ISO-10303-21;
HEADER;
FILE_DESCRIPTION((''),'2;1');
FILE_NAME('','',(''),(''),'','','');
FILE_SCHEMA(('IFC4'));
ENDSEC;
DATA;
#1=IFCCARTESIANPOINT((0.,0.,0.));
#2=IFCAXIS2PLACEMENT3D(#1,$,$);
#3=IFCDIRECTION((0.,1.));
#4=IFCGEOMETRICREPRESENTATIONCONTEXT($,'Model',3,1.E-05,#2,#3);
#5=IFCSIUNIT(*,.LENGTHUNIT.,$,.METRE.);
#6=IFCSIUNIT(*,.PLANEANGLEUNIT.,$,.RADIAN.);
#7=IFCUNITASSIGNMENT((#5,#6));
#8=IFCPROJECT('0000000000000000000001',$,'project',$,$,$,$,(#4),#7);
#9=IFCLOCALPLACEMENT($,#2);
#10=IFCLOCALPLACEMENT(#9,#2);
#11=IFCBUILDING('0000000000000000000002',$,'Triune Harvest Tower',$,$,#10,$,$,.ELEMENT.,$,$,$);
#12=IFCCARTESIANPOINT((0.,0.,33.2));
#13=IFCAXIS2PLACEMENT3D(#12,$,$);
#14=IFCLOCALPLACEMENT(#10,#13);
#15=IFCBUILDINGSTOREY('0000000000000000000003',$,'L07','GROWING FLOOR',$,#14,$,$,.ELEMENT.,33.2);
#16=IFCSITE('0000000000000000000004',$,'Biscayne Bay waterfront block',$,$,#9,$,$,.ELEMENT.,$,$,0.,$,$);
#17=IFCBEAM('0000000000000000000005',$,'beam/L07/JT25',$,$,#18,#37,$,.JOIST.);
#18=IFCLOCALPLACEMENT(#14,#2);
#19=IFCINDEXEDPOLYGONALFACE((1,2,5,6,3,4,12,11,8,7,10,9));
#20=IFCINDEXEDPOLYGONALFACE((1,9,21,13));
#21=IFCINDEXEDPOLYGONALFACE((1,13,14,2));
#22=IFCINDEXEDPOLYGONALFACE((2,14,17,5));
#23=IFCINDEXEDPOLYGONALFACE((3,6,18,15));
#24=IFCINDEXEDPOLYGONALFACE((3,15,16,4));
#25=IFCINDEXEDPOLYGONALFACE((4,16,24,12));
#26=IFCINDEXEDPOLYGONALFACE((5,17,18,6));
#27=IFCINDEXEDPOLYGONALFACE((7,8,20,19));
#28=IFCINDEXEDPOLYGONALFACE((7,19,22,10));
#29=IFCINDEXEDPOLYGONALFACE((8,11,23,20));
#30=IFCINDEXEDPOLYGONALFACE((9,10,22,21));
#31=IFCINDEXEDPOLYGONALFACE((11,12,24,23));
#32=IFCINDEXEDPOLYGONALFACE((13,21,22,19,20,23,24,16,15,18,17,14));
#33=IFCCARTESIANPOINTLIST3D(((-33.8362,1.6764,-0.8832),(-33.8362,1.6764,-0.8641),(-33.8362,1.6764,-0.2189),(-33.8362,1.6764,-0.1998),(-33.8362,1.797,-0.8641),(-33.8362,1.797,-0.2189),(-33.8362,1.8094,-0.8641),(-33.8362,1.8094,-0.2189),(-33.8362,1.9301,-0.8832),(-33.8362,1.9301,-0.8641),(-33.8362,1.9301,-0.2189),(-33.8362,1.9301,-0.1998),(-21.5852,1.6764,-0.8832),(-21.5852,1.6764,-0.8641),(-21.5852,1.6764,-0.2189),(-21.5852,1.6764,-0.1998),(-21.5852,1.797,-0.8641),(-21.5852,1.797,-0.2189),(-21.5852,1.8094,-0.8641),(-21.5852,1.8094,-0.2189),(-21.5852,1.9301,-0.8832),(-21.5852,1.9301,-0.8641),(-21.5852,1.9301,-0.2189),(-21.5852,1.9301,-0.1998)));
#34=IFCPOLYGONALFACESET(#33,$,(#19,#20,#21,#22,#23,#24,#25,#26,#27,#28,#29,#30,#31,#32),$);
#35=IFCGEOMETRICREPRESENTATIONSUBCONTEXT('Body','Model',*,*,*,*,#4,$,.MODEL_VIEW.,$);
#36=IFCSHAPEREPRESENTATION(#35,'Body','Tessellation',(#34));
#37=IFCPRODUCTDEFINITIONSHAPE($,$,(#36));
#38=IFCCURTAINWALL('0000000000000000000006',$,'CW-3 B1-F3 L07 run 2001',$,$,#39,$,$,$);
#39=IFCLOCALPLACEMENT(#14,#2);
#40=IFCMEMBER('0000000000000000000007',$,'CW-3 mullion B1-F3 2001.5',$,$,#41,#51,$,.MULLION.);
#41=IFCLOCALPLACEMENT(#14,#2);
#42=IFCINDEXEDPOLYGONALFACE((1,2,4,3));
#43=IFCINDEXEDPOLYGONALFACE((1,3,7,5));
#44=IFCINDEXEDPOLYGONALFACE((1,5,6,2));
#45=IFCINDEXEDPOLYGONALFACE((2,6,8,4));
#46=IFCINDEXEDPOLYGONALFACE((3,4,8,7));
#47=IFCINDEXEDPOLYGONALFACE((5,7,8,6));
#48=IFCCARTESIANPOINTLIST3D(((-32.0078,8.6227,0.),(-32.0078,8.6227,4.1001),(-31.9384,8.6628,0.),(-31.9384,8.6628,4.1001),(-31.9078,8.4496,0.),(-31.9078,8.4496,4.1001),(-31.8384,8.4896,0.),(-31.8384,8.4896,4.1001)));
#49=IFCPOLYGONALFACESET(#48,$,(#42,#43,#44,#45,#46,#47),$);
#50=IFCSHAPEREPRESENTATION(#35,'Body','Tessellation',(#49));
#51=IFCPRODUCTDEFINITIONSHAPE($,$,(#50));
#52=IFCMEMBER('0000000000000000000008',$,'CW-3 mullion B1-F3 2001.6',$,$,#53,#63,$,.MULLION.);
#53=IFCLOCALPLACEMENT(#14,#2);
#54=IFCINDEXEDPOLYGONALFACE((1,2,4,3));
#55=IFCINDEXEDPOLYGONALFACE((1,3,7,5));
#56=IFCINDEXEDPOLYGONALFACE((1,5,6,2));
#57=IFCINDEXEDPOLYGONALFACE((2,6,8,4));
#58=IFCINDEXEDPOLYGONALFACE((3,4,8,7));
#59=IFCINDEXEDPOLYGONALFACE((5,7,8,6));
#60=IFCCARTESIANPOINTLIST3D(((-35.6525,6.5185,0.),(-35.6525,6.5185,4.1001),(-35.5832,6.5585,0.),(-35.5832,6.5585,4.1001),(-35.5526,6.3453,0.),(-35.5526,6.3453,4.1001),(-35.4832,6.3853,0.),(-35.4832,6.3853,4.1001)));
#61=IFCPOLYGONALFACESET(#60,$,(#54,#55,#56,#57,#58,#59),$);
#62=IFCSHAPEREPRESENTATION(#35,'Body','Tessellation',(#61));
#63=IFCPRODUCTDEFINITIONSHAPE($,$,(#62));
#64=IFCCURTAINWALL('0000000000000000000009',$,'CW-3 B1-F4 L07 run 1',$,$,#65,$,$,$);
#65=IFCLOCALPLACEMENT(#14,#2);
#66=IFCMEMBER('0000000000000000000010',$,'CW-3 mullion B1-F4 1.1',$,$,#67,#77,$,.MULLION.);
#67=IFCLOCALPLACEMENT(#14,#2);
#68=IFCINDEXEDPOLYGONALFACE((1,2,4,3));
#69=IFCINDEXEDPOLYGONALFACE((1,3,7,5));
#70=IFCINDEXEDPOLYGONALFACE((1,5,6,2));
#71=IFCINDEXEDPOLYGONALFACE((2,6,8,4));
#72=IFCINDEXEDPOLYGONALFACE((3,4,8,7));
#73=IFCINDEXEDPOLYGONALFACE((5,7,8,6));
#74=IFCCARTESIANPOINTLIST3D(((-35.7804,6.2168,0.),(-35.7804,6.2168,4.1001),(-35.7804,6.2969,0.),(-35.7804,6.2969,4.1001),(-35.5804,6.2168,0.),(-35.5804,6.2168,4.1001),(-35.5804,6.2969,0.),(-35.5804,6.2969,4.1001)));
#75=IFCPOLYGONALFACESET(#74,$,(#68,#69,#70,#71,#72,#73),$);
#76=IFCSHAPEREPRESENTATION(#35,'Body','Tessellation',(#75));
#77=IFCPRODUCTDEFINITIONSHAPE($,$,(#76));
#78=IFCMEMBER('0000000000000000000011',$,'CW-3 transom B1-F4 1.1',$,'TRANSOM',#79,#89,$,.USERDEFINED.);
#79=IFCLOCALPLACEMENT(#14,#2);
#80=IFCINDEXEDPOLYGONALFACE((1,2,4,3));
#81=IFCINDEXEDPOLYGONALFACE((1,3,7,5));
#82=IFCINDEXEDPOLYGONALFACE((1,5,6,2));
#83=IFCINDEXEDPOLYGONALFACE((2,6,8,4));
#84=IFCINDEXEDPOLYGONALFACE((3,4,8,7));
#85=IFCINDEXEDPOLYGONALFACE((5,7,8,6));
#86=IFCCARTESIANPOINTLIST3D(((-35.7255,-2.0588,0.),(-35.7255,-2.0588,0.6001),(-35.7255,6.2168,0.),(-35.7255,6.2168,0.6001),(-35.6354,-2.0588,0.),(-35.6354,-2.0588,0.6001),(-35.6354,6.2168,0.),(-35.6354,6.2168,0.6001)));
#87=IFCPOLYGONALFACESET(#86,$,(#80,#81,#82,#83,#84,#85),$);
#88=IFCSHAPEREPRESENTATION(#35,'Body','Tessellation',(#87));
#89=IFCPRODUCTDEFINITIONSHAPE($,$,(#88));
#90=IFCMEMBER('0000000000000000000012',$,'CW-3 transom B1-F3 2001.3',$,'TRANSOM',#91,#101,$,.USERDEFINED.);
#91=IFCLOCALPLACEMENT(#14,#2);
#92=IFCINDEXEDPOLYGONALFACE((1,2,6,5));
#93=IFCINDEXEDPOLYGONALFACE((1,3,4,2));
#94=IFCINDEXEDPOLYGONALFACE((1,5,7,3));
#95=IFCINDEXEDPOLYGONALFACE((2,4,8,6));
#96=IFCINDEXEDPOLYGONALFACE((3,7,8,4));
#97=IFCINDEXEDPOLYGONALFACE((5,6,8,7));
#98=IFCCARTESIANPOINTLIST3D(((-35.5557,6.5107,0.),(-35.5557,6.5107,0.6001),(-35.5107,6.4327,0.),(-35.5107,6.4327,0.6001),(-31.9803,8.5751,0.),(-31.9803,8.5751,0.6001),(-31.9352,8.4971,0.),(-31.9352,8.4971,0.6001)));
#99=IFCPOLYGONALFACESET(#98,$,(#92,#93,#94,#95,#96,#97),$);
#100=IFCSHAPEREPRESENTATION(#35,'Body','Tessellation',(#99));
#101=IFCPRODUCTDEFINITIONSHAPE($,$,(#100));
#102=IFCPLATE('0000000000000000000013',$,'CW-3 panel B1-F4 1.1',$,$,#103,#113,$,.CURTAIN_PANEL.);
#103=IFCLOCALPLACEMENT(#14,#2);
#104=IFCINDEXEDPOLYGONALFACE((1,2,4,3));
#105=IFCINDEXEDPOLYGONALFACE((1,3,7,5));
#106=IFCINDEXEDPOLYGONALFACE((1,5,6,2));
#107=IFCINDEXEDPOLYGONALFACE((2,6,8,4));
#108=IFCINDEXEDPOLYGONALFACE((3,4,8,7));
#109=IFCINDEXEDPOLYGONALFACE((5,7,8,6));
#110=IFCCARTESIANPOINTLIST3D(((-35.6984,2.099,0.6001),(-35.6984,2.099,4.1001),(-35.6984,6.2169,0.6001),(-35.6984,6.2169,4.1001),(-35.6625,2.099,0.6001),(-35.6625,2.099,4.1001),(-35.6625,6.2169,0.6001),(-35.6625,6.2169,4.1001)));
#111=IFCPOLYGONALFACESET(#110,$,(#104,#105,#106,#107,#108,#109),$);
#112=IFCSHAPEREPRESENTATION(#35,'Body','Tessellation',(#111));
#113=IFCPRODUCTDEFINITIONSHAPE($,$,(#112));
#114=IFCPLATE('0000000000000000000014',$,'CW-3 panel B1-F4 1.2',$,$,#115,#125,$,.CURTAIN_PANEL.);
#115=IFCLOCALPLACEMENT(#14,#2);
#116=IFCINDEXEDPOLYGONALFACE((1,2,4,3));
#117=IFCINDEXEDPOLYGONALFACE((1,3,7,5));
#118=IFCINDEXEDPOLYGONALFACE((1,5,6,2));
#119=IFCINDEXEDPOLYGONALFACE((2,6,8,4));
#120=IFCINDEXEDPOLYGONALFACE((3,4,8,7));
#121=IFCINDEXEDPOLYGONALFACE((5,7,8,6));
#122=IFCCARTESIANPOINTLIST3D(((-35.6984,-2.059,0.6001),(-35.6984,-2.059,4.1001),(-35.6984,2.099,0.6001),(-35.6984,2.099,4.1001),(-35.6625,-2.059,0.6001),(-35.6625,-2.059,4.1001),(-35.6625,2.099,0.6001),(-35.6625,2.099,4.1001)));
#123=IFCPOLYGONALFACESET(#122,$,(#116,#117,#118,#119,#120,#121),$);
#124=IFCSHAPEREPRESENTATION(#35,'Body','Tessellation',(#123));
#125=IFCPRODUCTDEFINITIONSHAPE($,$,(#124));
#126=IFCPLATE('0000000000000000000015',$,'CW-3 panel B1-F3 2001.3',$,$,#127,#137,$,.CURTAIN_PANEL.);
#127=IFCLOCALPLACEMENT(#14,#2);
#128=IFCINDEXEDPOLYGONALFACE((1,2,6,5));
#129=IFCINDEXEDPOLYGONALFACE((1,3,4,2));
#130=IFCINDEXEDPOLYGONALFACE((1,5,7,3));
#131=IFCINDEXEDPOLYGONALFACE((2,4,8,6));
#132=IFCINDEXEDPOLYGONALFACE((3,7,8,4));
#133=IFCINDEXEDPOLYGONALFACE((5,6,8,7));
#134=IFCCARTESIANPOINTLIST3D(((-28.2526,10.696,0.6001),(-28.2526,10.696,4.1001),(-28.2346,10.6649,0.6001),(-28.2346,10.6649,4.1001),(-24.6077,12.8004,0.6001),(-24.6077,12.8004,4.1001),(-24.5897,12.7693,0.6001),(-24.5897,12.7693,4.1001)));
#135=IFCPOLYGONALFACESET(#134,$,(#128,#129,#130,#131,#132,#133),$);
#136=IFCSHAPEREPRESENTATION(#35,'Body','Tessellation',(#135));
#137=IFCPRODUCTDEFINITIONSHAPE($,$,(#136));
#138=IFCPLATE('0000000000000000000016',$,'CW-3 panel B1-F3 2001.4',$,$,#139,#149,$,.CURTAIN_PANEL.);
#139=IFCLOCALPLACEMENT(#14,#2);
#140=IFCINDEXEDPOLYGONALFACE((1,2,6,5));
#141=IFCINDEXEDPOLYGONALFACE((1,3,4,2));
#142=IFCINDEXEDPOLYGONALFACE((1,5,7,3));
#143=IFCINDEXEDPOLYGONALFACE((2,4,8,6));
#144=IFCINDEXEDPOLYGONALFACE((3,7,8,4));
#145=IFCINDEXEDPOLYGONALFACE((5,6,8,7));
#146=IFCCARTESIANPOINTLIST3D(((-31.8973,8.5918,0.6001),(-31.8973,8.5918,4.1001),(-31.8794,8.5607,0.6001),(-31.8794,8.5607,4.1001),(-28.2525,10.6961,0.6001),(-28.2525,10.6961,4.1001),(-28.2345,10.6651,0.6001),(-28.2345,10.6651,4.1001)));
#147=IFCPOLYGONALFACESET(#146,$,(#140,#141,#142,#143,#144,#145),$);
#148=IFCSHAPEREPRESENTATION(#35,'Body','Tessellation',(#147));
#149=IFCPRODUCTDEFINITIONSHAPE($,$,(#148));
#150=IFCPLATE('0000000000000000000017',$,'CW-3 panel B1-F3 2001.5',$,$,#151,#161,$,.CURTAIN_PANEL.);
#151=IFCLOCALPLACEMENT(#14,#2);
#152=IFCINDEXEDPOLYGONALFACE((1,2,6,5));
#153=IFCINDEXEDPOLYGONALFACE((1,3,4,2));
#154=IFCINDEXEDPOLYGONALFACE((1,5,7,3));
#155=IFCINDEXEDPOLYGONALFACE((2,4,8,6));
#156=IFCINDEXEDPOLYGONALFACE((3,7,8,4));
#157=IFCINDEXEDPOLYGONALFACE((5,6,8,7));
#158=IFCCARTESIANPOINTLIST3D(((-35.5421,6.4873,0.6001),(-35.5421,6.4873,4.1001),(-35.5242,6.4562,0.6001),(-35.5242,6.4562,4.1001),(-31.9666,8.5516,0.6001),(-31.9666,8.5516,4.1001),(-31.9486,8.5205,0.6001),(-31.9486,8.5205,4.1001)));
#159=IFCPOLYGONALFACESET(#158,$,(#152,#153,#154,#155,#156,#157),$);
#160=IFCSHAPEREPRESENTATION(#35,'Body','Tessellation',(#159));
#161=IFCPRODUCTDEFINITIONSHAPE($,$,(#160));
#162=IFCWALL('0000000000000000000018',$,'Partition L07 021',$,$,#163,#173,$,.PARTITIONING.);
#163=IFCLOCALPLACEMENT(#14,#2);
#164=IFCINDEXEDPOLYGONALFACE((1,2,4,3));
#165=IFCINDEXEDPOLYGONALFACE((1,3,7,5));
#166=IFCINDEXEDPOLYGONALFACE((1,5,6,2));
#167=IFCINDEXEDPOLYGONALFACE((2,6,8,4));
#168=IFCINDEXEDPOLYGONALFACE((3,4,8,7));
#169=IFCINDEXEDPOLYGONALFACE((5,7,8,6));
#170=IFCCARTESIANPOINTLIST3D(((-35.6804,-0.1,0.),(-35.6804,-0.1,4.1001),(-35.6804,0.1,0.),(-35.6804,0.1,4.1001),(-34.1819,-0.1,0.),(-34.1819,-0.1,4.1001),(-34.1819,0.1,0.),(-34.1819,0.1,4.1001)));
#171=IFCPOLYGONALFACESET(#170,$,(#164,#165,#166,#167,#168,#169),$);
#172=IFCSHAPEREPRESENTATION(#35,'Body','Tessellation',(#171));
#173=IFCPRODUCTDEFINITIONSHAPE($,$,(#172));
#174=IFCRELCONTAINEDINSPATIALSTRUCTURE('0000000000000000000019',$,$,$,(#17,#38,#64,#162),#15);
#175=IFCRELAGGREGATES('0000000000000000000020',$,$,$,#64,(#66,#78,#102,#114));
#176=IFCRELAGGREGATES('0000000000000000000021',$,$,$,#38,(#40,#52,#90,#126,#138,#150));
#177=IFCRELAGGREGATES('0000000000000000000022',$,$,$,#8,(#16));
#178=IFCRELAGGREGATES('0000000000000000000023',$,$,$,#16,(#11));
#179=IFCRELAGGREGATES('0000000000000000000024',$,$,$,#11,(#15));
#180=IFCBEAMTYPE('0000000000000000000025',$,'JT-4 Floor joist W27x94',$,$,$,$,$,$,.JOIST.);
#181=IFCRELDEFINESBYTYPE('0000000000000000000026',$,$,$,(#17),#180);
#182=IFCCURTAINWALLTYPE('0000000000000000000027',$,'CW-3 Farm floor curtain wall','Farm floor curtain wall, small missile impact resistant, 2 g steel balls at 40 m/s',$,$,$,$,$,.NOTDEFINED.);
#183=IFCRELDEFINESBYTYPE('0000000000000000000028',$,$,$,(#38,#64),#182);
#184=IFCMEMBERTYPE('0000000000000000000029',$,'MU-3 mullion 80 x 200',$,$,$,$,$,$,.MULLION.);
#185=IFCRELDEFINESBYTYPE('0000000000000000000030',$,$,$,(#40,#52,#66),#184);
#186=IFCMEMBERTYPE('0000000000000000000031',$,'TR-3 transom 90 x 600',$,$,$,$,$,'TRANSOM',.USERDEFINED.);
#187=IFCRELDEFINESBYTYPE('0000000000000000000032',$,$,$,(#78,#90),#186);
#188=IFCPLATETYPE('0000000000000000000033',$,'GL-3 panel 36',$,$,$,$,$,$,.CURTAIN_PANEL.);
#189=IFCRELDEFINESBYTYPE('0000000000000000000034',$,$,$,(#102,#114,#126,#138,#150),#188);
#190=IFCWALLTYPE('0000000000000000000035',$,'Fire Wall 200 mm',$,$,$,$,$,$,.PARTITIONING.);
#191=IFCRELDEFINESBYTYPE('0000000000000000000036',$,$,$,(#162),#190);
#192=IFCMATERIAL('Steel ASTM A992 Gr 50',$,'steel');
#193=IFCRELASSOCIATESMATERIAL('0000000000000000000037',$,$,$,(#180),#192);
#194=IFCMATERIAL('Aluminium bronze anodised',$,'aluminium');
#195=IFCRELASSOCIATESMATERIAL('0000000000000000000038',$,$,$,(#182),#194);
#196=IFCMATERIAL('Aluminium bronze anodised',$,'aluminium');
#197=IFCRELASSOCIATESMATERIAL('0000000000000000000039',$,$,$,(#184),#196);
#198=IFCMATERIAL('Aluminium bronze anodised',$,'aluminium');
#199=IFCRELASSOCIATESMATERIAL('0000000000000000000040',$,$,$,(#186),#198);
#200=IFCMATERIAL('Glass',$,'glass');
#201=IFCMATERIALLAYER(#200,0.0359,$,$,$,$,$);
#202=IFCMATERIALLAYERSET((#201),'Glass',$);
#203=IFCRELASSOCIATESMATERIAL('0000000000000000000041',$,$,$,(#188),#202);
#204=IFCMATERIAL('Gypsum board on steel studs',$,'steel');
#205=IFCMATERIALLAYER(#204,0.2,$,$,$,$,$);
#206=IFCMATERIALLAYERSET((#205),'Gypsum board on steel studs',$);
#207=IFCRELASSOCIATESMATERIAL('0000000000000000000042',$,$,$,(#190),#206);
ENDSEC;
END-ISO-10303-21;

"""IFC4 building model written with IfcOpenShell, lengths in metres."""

from ifc_helpers import new_model, si_unit, direction, frame, frame_2d, origin, origin_2d, place, context, subcontext, project, spatial, rectangle, i_section, extrude, source, transform, mapped, material, layer, layer_set, material_profile, profile_set, type_object, element, aggregate, save


model = new_model("IFC4")

# Units and contexts
model_context = context("Model", 3, precision=1e-05, world=origin(), true_north=direction((0.0, 1.0)))
body_context = subcontext(model_context, "Body", "Model", "MODEL_VIEW")
ifc_project = project(units=[si_unit("LENGTHUNIT", "METRE"), si_unit("PLANEANGLEUNIT", "RADIAN")], contexts=[model_context])

# Site, building, storey
site_placement = place(None, origin())
site = spatial("IfcSite", under=ifc_project, at=site_placement, Name="Biscayne Bay waterfront block", CompositionType="ELEMENT", RefElevation=0.0)
building_placement = place(site_placement, origin())
building = spatial("IfcBuilding", under=site, at=building_placement, Name="Triune Harvest Tower", CompositionType="ELEMENT")
storey_placement = place(building_placement, frame((0.0, 0.0, 33.2)))
storey = spatial("IfcBuildingStorey", under=building, at=storey_placement, Name="L07", Description="GROWING FLOOR", CompositionType="ELEMENT", Elevation=33.2)

# Beam
ifc_material_1 = material(Name="Steel ASTM A992 Gr 50", Category="steel")
ifc_material_profile_1 = material_profile(ifc_material_1, i_section(OverallWidth=0.2537, OverallDepth=0.6833, WebThickness=0.0125, FlangeThickness=0.019, at=origin_2d()), Name="W27x94")
ifc_profile_set_1 = profile_set([ifc_material_profile_1], Name="Steel ASTM A992 Gr 50")
beam_type_1 = type_object("IfcBeamType", Name="JT-4 Floor joist W27x94", PredefinedType="JOIST", material=ifc_profile_set_1)
shared_shape_1 = source(origin(), body_context, "Body", "SweptSolid", [
    extrude(i_section(OverallWidth=0.2537, OverallDepth=0.6833, WebThickness=0.0125, FlangeThickness=0.019, at=origin_2d()), origin(), (0.0, 0.0, 1.0), 12.251),
])
beam_1_placement = place(storey_placement, frame((-33.8362, 1.8032, -0.5415), z_axis=(1.0, 0.0, 0.0), x_axis=(0.0, 1.0, 0.0)))
element("IfcBeam", 1, at=beam_1_placement, inside=storey, type_object=beam_type_1, Name="beam/L07/JT25", PredefinedType="JOIST", context=body_context, shape_type="MappedRepresentation", body=[
    mapped(shared_shape_1, transform((0.0, 0.0, 0.0), scale=1.0)),
])

# Curtain walls, members
ifc_material_2 = material(Name="Aluminium bronze anodised", Category="aluminium")
curtain_wall_type = type_object("IfcCurtainWallType", Name="CW-3 Farm floor curtain wall", Description="Farm floor curtain wall, small missile impact resistant, 2 g steel balls at 40 m/s", PredefinedType="NOTDEFINED", material=ifc_material_2)
curtain_wall_1_placement = place(storey_placement, origin())
curtain_wall_1 = element("IfcCurtainWall", 2, at=curtain_wall_1_placement, inside=storey, type_object=curtain_wall_type, Name="CW-3 B1-F3 L07 run 2001")
ifc_material_3 = material(Name="Aluminium bronze anodised", Category="aluminium")
ifc_material_profile_2 = material_profile(ifc_material_3, rectangle(XDim=0.2, YDim=0.0801, at=origin_2d()), Name="MU-3 mullion 80 x 200")
ifc_profile_set_2 = profile_set([ifc_material_profile_2], Name="Aluminium bronze anodised")
member_type_1 = type_object("IfcMemberType", Name="MU-3 mullion 80 x 200", PredefinedType="MULLION", material=ifc_profile_set_2)
shared_shape_2 = source(origin(), body_context, "Body", "SweptSolid", [
    extrude(rectangle(XDim=0.2, YDim=0.0801, at=origin_2d()), origin(), (0.0, 0.0, 1.0), 4.1001),
])
member_1_placement = place(storey_placement, frame((-31.9231, 8.5562, 0.0), z_axis=(0.0, 0.0, 1.0), x_axis=(0.499999, -0.866026, 0.0)))
member_1 = element("IfcMember", 3, at=member_1_placement, type_object=member_type_1, Name="CW-3 mullion B1-F3 2001.5", PredefinedType="MULLION", context=body_context, shape_type="MappedRepresentation", body=[
    mapped(shared_shape_2, transform((0.0, 0.0, 0.0), scale=1.0)),
])
member_2_placement = place(storey_placement, frame((-35.5679, 6.4519, 0.0), z_axis=(0.0, 0.0, 1.0), x_axis=(0.499999, -0.866026, 0.0)))
member_2 = element("IfcMember", 4, at=member_2_placement, type_object=member_type_1, Name="CW-3 mullion B1-F3 2001.6", PredefinedType="MULLION", context=body_context, shape_type="MappedRepresentation", body=[
    mapped(shared_shape_2, transform((0.0, 0.0, 0.0), scale=1.0)),
])
curtain_wall_2_placement = place(storey_placement, origin())
curtain_wall_2 = element("IfcCurtainWall", 5, at=curtain_wall_2_placement, inside=storey, type_object=curtain_wall_type, Name="CW-3 B1-F4 L07 run 1")
member_3_placement = place(storey_placement, frame((-35.6804, 6.2568, 0.0), z_axis=(0.0, 0.0, 1.0), x_axis=(1.0, 0.0, 0.0)))
member_3 = element("IfcMember", 6, at=member_3_placement, type_object=member_type_1, Name="CW-3 mullion B1-F4 1.1", PredefinedType="MULLION", context=body_context, shape_type="MappedRepresentation", body=[
    mapped(shared_shape_2, transform((0.0, 0.0, 0.0), scale=1.0)),
])
ifc_material_4 = material(Name="Aluminium bronze anodised", Category="aluminium")
ifc_material_profile_3 = material_profile(ifc_material_4, rectangle(XDim=0.0901, YDim=0.6001, at=origin_2d()), Name="TR-3 transom 90 x 600")
ifc_profile_set_3 = profile_set([ifc_material_profile_3], Name="Aluminium bronze anodised")
member_type_2 = type_object("IfcMemberType", Name="TR-3 transom 90 x 600", ElementType="TRANSOM", PredefinedType="USERDEFINED", material=ifc_profile_set_3)
shared_shape_3 = source(origin(), body_context, "Body", "SweptSolid", [
    extrude(rectangle(XDim=0.0901, YDim=0.6001, at=origin_2d()), origin(), (0.0, 0.0, 1.0), 8.2756),
])
member_4_placement = place(storey_placement, frame((-35.6804, 6.2168, 0.3), z_axis=(0.0, -1.0, 0.0), x_axis=(1.0, 0.0, 0.0)))
member_4 = element("IfcMember", 7, at=member_4_placement, type_object=member_type_2, Name="CW-3 transom B1-F4 1.1", ObjectType="TRANSOM", PredefinedType="USERDEFINED", context=body_context, shape_type="MappedRepresentation", body=[
    mapped(shared_shape_3, transform((0.0, 0.0, 0.0), scale=1.0)),
])

# Member
shared_shape_4 = source(origin(), body_context, "Body", "SweptSolid", [
    extrude(rectangle(XDim=0.0901, YDim=0.6001, at=origin_2d()), origin(), (0.0, 0.0, 1.0), 4.1287),
])
member_5_placement = place(storey_placement, frame((-31.9578, 8.5361, 0.3), z_axis=(-0.866007, -0.500031, 0.0), x_axis=(0.500031, -0.866007, 0.0)))
member_5 = element("IfcMember", 8, at=member_5_placement, type_object=member_type_2, Name="CW-3 transom B1-F3 2001.3", ObjectType="TRANSOM", PredefinedType="USERDEFINED", context=body_context, shape_type="MappedRepresentation", body=[
    mapped(shared_shape_4, transform((0.0, 0.0, 0.0), scale=1.0)),
])

# Plates
ifc_material_5 = material(Name="Glass", Category="glass")
ifc_layer_1 = layer(ifc_material_5, 0.0359)
ifc_layer_set_1 = layer_set([ifc_layer_1], Name="Glass")
plate_type = type_object("IfcPlateType", Name="GL-3 panel 36", PredefinedType="CURTAIN_PANEL", material=ifc_layer_set_1)
shared_shape_5 = source(origin(), body_context, "Body", "SweptSolid", [
    extrude(rectangle(XDim=4.1179, YDim=0.0359, at=origin_2d()), origin(), (0.0, 0.0, 1.0), 3.5),
])
plate_1_placement = place(storey_placement, frame((-35.6804, 4.158, 0.6001), z_axis=(0.0, 0.0, 1.0), x_axis=(0.0, -1.0, 0.0)))
plate_1 = element("IfcPlate", 9, at=plate_1_placement, type_object=plate_type, Name="CW-3 panel B1-F4 1.1", PredefinedType="CURTAIN_PANEL", context=body_context, shape_type="MappedRepresentation", body=[
    mapped(shared_shape_5, transform((0.0, 0.0, 0.0), scale=1.0)),
])
shared_shape_6 = source(origin(), body_context, "Body", "SweptSolid", [
    extrude(rectangle(XDim=4.158, YDim=0.0359, at=origin_2d()), origin(), (0.0, 0.0, 1.0), 3.5),
])
plate_2_placement = place(storey_placement, frame((-35.6804, 0.02, 0.6001), z_axis=(0.0, 0.0, 1.0), x_axis=(0.0, -1.0, 0.0)))
plate_2 = element("IfcPlate", 10, at=plate_2_placement, type_object=plate_type, Name="CW-3 panel B1-F4 1.2", PredefinedType="CURTAIN_PANEL", context=body_context, shape_type="MappedRepresentation", body=[
    mapped(shared_shape_6, transform((0.0, 0.0, 0.0), scale=1.0)),
])
aggregate(curtain_wall_2, [member_3, member_4, plate_1, plate_2])
shared_shape_7 = source(origin(), body_context, "Body", "SweptSolid", [
    extrude(rectangle(XDim=4.2087, YDim=0.0359, at=origin_2d()), origin(), (0.0, 0.0, 1.0), 3.5),
])
plate_3_placement = place(storey_placement, frame((-26.4211, 11.7327, 0.6001), z_axis=(0.0, 0.0, 1.0), x_axis=(-0.866026, -0.499999, 0.0)))
plate_3 = element("IfcPlate", 11, at=plate_3_placement, type_object=plate_type, Name="CW-3 panel B1-F3 2001.3", PredefinedType="CURTAIN_PANEL", context=body_context, shape_type="MappedRepresentation", body=[
    mapped(shared_shape_7, transform((0.0, 0.0, 0.0), scale=1.0)),
])
plate_4_placement = place(storey_placement, frame((-30.0659, 9.6284, 0.6001), z_axis=(0.0, 0.0, 1.0), x_axis=(-0.866026, -0.499999, 0.0)))
plate_4 = element("IfcPlate", 12, at=plate_4_placement, type_object=plate_type, Name="CW-3 panel B1-F3 2001.4", PredefinedType="CURTAIN_PANEL", context=body_context, shape_type="MappedRepresentation", body=[
    mapped(shared_shape_7, transform((0.0, 0.0, 0.0), scale=1.0)),
])
shared_shape_8 = source(origin(), body_context, "Body", "SweptSolid", [
    extrude(rectangle(XDim=4.1287, YDim=0.0359, at=origin_2d()), origin(), (0.0, 0.0, 1.0), 3.5),
])
plate_5_placement = place(storey_placement, frame((-33.7454, 7.5039, 0.6001), z_axis=(0.0, 0.0, 1.0), x_axis=(-0.866026, -0.499999, 0.0)))
plate_5 = element("IfcPlate", 13, at=plate_5_placement, type_object=plate_type, Name="CW-3 panel B1-F3 2001.5", PredefinedType="CURTAIN_PANEL", context=body_context, shape_type="MappedRepresentation", body=[
    mapped(shared_shape_8, transform((0.0, 0.0, 0.0), scale=1.0)),
])
aggregate(curtain_wall_1, [member_1, member_2, member_5, plate_3, plate_4, plate_5])

# Wall
ifc_material_6 = material(Name="Gypsum board on steel studs", Category="steel")
ifc_layer_2 = layer(ifc_material_6, 0.2)
ifc_layer_set_2 = layer_set([ifc_layer_2], Name="Gypsum board on steel studs")
wall_type = type_object("IfcWallType", Name="Fire Wall 200 mm", PredefinedType="PARTITIONING", material=ifc_layer_set_2)
shared_shape_9 = source(origin(), body_context, "Body", "SweptSolid", [
    extrude(rectangle(XDim=1.4985, YDim=0.2, at=frame_2d((0.7493, 0.0))), origin(), (0.0, 0.0, 1.0), 4.1001),
])
wall_1_placement = place(storey_placement, frame((-35.6804, 0.0, 0.0), z_axis=(0.0, 0.0, 1.0), x_axis=(1.0, 0.0, 0.0)))
element("IfcWall", 14, at=wall_1_placement, inside=storey, type_object=wall_type, Name="Partition L07 021", PredefinedType="PARTITIONING", context=body_context, shape_type="MappedRepresentation", body=[
    mapped(shared_shape_9, transform((0.0, 0.0, 0.0), scale=1.0)),
])

save(model, "model.ifc")
